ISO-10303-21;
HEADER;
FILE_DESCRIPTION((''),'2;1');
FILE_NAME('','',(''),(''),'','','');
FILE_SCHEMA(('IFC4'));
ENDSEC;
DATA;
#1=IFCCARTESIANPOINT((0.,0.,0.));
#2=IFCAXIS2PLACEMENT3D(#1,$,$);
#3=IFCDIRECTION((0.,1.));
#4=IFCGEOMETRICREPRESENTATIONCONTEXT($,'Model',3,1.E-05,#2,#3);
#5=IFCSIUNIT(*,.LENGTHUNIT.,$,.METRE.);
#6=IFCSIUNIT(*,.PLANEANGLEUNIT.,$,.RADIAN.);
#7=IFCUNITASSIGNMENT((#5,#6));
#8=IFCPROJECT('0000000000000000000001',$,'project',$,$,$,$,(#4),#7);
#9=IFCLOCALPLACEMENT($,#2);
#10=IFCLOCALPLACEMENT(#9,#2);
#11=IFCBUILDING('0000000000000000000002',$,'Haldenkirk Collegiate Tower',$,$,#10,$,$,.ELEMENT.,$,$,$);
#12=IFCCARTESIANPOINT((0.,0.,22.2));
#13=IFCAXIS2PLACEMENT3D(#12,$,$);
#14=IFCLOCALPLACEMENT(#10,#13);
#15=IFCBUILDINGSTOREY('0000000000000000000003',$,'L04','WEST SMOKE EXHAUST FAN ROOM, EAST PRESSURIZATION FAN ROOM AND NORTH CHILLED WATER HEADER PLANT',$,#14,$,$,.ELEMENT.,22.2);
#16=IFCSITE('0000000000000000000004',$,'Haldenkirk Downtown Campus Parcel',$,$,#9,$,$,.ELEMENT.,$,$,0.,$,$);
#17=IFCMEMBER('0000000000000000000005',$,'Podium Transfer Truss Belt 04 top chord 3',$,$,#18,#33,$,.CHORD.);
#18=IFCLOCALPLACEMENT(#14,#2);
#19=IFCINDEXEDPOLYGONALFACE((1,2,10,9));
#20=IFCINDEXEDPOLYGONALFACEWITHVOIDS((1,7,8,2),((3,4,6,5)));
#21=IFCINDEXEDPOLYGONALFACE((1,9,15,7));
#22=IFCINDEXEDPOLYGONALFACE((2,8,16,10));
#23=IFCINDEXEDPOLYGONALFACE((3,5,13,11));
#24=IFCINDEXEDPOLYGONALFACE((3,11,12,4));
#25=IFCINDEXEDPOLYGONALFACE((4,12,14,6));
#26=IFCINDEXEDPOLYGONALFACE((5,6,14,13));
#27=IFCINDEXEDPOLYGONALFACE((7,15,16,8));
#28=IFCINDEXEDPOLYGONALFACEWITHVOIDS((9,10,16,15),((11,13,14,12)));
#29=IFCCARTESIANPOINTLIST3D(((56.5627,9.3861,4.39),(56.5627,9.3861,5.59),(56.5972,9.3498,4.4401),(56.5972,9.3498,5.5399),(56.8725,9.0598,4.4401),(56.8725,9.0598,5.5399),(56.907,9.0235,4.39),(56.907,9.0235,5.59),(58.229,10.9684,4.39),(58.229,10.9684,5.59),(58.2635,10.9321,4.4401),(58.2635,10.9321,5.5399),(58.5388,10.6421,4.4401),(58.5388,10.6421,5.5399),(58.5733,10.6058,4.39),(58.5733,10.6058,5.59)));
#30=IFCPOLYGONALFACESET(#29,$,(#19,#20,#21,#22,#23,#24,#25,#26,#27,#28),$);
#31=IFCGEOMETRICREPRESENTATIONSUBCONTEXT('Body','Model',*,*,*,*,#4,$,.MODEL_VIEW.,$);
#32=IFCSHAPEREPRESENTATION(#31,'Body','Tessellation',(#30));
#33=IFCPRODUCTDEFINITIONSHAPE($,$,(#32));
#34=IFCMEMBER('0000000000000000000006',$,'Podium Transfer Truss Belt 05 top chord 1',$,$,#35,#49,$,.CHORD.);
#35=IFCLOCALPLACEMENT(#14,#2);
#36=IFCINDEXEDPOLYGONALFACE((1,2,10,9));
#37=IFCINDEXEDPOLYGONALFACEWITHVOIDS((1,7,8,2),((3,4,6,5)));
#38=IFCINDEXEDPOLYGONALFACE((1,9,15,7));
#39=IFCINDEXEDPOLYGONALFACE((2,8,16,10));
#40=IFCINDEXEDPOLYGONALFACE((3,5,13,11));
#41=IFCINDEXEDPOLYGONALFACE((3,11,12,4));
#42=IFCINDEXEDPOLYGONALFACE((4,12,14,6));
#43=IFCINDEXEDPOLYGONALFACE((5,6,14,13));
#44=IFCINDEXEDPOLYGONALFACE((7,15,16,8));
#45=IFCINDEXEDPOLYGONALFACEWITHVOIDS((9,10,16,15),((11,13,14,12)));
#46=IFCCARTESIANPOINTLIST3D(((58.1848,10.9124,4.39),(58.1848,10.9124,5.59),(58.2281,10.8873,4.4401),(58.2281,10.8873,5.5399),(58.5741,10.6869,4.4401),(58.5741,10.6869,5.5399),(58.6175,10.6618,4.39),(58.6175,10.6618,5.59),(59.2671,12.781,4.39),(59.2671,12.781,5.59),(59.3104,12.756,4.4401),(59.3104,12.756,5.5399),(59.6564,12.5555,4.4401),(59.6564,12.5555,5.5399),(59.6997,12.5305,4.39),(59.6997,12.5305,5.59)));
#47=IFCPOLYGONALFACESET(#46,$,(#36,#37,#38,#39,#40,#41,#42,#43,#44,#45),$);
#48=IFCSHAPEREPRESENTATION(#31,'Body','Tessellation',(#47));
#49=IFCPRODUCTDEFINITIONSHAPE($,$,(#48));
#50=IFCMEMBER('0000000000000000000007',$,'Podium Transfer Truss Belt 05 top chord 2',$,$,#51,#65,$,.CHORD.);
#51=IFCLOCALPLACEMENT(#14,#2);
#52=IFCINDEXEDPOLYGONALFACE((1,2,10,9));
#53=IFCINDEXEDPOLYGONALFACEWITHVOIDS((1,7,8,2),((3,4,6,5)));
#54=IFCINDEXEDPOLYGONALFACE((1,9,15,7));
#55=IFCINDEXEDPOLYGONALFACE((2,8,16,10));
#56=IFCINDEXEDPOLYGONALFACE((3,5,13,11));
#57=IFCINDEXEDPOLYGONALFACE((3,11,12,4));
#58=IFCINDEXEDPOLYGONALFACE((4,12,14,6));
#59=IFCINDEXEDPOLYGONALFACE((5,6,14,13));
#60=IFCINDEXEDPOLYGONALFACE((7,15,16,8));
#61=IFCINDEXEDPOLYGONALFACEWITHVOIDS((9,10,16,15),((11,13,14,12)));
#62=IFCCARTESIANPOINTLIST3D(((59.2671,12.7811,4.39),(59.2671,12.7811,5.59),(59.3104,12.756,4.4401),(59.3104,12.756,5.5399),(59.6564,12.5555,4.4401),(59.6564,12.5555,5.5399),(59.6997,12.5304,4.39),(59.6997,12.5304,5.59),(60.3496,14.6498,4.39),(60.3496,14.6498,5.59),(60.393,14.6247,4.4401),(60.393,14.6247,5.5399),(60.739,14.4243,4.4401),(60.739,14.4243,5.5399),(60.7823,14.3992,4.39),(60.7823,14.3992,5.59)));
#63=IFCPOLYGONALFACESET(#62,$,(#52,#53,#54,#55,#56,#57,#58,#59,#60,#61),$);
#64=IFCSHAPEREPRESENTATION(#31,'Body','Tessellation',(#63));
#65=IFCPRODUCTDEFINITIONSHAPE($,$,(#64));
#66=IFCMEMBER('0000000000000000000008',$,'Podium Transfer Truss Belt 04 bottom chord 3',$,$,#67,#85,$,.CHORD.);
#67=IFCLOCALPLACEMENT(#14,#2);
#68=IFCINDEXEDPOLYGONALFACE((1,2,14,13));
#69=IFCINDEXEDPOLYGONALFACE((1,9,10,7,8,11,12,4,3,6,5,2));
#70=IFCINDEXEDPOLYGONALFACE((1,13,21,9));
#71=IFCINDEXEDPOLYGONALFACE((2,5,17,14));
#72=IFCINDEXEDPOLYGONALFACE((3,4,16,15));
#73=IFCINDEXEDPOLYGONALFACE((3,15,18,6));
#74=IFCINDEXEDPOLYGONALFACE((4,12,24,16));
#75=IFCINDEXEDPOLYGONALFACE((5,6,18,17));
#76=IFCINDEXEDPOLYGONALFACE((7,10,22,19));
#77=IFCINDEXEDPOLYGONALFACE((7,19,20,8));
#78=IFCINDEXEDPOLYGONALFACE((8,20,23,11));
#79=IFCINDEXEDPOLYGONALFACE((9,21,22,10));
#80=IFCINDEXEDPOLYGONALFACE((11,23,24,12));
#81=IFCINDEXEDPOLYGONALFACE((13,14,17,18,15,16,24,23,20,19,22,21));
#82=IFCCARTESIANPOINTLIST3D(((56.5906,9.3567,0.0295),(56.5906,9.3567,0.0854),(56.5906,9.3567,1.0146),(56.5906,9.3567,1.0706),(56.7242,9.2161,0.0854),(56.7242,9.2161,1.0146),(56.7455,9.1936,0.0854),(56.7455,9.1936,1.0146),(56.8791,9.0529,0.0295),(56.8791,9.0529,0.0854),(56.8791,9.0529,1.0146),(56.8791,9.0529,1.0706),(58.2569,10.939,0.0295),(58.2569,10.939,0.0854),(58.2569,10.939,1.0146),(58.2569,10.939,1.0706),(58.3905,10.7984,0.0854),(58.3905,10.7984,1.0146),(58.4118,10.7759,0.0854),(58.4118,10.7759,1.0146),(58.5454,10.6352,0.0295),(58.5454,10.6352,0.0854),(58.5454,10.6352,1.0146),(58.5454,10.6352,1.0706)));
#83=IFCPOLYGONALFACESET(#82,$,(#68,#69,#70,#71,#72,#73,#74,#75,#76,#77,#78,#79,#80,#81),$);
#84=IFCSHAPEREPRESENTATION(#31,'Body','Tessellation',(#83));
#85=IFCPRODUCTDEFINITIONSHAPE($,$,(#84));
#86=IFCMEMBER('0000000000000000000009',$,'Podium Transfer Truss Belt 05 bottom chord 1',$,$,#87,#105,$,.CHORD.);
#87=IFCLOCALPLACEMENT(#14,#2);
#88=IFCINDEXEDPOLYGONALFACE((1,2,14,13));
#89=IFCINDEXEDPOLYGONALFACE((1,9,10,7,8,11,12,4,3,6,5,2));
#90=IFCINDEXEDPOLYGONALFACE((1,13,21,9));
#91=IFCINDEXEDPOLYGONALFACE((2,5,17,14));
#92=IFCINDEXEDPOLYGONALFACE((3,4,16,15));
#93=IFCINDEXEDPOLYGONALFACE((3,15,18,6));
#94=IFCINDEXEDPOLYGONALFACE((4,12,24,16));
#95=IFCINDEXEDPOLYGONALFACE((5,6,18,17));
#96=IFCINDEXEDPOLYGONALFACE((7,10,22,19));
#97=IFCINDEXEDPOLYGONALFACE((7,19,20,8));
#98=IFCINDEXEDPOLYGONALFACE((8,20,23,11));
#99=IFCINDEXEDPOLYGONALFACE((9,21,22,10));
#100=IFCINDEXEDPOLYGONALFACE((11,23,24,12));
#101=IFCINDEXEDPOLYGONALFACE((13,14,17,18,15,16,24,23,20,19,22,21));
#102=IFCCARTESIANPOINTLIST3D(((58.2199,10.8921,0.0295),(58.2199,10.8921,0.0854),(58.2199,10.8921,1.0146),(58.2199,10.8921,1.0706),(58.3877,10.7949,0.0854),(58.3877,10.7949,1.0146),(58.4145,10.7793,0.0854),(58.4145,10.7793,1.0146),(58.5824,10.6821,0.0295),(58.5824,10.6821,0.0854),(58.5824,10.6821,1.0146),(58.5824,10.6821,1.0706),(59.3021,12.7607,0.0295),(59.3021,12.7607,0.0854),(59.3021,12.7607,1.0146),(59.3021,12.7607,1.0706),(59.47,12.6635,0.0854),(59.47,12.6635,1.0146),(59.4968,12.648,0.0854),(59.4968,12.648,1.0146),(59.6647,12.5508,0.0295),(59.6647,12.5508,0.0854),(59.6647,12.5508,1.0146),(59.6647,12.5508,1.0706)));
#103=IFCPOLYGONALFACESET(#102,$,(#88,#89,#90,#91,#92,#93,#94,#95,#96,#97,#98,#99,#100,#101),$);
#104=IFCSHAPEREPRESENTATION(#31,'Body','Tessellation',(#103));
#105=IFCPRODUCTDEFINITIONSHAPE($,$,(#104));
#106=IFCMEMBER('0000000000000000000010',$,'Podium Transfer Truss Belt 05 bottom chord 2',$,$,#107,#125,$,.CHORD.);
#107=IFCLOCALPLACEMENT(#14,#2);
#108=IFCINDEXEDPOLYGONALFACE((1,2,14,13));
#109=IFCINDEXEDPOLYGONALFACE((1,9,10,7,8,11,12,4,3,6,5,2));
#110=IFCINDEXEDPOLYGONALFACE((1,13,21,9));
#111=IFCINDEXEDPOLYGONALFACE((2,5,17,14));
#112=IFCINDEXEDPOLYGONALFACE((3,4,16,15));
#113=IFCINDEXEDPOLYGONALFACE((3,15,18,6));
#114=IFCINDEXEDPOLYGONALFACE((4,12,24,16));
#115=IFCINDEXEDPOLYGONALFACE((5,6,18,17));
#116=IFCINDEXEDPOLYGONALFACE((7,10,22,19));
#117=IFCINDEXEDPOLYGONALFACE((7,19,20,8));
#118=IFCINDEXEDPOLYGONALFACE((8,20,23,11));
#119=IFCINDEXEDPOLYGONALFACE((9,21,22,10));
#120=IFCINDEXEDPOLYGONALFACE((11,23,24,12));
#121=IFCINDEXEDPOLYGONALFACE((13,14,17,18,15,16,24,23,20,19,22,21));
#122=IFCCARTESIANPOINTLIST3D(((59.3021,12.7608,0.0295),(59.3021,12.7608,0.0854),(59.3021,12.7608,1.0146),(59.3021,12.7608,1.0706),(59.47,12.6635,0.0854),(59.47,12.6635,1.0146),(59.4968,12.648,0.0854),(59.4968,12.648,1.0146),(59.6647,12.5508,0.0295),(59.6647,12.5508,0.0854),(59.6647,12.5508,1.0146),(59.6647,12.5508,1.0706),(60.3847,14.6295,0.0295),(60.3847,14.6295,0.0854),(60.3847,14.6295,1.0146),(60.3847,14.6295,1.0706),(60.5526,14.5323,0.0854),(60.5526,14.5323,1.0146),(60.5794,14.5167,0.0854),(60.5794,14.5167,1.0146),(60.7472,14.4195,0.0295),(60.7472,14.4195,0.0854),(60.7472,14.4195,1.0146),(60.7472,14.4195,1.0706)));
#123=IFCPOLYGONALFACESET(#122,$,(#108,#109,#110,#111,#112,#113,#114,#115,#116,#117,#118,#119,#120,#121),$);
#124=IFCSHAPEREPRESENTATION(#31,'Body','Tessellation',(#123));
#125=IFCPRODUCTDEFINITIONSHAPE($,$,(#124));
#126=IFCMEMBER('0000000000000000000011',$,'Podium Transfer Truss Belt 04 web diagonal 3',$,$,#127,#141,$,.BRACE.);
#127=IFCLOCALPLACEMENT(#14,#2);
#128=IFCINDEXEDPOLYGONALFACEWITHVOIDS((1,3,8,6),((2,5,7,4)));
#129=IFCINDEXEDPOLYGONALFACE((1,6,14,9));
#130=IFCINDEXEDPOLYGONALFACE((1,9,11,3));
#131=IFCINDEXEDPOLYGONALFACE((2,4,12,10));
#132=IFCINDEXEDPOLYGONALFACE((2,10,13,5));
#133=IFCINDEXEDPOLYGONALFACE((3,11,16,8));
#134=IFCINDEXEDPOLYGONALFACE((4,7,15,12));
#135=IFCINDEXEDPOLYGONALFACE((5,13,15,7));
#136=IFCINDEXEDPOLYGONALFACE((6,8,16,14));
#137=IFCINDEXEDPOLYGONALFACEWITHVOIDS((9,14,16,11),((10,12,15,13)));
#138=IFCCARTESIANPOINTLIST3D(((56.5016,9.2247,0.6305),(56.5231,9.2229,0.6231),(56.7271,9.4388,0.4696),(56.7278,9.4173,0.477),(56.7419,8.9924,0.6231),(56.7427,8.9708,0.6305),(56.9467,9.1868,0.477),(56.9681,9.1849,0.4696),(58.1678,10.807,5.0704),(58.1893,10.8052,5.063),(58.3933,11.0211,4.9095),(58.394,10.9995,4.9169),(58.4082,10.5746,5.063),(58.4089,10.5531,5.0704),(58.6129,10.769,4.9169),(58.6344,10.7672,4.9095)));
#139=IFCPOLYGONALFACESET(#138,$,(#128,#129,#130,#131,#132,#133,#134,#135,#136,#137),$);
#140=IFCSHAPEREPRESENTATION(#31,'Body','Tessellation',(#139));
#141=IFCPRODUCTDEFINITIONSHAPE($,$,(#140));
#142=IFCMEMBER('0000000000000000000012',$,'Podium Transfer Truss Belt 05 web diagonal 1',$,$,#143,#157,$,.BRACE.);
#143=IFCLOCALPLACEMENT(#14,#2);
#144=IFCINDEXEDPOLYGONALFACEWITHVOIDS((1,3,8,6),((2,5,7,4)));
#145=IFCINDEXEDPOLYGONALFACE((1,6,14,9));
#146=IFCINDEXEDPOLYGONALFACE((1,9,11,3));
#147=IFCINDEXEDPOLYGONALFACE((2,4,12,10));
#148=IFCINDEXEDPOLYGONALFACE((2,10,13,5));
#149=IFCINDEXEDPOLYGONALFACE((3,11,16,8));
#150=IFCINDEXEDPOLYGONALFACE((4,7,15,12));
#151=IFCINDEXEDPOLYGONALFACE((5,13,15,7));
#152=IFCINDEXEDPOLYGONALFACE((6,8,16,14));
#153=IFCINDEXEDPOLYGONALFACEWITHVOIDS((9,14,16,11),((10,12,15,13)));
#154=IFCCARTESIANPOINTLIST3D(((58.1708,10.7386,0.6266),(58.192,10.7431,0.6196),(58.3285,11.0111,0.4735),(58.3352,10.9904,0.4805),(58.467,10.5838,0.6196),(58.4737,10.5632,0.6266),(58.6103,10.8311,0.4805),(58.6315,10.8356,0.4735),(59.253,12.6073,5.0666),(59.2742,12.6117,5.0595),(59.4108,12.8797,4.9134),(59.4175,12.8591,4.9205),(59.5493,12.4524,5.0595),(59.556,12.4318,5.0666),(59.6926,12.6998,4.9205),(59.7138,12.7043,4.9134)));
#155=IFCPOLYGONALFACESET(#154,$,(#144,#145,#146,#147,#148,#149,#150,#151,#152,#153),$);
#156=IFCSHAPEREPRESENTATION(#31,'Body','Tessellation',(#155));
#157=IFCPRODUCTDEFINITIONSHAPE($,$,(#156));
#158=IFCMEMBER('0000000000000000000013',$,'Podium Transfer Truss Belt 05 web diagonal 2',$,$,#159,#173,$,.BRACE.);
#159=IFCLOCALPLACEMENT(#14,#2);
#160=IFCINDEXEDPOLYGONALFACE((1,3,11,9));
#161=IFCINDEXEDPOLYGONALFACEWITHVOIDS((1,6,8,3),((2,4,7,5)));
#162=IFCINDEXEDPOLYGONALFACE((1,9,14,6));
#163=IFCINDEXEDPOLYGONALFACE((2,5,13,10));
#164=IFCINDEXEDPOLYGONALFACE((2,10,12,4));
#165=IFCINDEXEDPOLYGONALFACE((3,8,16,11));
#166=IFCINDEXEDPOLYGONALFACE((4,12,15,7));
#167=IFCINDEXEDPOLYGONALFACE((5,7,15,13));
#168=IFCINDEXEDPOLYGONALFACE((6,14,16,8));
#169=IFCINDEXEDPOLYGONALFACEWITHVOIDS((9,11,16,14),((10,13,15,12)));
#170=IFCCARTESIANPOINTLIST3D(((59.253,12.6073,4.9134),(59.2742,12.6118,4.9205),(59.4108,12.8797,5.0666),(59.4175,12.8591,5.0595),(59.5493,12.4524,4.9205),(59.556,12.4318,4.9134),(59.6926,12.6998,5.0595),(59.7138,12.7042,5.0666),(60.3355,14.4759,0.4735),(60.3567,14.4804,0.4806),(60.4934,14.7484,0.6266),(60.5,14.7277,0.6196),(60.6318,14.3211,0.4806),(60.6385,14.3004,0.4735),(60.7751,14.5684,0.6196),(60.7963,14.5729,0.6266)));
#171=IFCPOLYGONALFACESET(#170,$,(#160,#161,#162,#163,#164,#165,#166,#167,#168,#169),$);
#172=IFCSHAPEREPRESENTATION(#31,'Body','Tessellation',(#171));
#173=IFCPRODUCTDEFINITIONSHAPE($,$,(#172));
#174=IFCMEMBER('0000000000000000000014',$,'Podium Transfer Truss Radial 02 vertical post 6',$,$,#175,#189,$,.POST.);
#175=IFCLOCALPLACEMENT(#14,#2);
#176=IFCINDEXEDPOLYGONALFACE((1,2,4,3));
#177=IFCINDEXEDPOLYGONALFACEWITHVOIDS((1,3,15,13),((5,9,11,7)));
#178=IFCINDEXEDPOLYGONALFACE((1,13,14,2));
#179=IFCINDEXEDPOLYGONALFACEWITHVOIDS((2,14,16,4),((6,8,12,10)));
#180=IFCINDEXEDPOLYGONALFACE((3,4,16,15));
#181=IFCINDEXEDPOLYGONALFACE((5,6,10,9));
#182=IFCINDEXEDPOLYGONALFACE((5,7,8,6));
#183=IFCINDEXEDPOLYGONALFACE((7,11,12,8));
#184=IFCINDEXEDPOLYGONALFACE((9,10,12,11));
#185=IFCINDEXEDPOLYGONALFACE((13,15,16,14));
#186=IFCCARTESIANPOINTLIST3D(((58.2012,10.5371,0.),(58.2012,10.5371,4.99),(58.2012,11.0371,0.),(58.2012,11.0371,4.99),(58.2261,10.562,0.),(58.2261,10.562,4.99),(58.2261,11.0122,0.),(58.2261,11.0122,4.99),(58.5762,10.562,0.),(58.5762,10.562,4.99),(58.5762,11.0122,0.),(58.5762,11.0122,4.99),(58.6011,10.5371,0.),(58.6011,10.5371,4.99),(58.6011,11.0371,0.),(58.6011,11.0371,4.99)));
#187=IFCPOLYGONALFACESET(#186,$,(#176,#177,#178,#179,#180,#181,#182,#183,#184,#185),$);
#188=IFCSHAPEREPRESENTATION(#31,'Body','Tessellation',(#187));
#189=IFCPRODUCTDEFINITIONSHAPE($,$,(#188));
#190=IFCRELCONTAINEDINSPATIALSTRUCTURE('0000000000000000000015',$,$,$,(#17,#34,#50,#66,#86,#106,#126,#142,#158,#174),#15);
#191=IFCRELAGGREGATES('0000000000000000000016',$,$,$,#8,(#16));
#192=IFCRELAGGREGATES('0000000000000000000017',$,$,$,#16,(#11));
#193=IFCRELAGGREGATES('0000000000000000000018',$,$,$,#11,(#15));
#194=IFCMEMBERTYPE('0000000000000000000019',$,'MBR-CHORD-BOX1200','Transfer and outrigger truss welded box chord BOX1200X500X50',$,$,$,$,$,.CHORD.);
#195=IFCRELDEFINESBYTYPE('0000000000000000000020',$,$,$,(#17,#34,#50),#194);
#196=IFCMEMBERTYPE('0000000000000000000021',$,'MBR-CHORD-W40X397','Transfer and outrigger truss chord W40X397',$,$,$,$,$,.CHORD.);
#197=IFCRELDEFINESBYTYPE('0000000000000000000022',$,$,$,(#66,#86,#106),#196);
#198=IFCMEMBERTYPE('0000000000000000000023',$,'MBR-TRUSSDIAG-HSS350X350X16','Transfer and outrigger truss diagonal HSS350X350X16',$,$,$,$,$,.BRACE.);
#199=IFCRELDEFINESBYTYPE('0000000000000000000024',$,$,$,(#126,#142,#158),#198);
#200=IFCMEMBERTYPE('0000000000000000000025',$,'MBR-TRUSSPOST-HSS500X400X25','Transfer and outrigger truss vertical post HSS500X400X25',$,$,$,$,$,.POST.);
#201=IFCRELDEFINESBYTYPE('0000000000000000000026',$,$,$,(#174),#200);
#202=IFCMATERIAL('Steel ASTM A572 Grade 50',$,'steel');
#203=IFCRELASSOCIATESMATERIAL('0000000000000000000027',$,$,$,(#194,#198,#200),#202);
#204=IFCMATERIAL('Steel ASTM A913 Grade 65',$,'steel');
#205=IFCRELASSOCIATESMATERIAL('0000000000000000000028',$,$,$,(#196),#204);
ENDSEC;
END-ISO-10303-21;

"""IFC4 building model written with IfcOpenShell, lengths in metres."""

from ifc_helpers import new_model, si_unit, direction, frame, origin, origin_2d, place, context, subcontext, project, spatial, hollow_rectangle, i_section, extrude, material, material_profile, profile_set, type_object, element, save


model = new_model("IFC4")

# Units and contexts
model_context = context("Model", 3, precision=1e-05, world=origin(), true_north=direction((0.0, 1.0)))
body_context = subcontext(model_context, "Body", "Model", "MODEL_VIEW")
ifc_project = project(units=[si_unit("LENGTHUNIT", "METRE"), si_unit("PLANEANGLEUNIT", "RADIAN")], contexts=[model_context])

# Site, building, storey
site_placement = place(None, origin())
site = spatial("IfcSite", under=ifc_project, at=site_placement, Name="Haldenkirk Downtown Campus Parcel", CompositionType="ELEMENT", RefElevation=0.0)
building_placement = place(site_placement, origin())
building = spatial("IfcBuilding", under=site, at=building_placement, Name="Haldenkirk Collegiate Tower", CompositionType="ELEMENT")
storey_placement = place(building_placement, frame((0.0, 0.0, 22.2)))
storey = spatial("IfcBuildingStorey", under=building, at=storey_placement, Name="L04", Description="WEST SMOKE EXHAUST FAN ROOM, EAST PRESSURIZATION FAN ROOM AND NORTH CHILLED WATER HEADER PLANT", CompositionType="ELEMENT", Elevation=22.2)

# Members
ifc_material_1 = material(Name="Steel ASTM A572 Grade 50", Category="steel")
ifc_material_profile_1 = material_profile(ifc_material_1, hollow_rectangle(XDim=0.5, YDim=1.2, WallThickness=0.05, at=origin_2d()), Name="BOX1200X500X50")
ifc_profile_set_1 = profile_set([ifc_material_profile_1], Name="Steel ASTM A572 Grade 50")
member_type_1 = type_object("IfcMemberType", Name="MBR-CHORD-BOX1200", Description="Transfer and outrigger truss welded box chord BOX1200X500X50", PredefinedType="CHORD", material=ifc_profile_set_1)
member_1_placement = place(storey_placement, frame((56.7349, 9.2048, 4.99), z_axis=(0.725145, 0.688596, 0.0), x_axis=(-0.688596, 0.725145, 0.0)))
element("IfcMember", 1, at=member_1_placement, inside=storey, type_object=member_type_1, Name="Podium Transfer Truss Belt 04 top chord 3", PredefinedType="CHORD", context=body_context, shape_type="SweptSolid", body=[
    extrude(hollow_rectangle(XDim=0.5, YDim=1.2, WallThickness=0.05, at=origin_2d()), origin(), (0.0, 0.0, 1.0), 2.2979),
])
member_2_placement = place(storey_placement, frame((58.4011, 10.7871, 4.99), z_axis=(0.501183, 0.865341, 0.0), x_axis=(-0.865341, 0.501183, 0.0)))
element("IfcMember", 2, at=member_2_placement, inside=storey, type_object=member_type_1, Name="Podium Transfer Truss Belt 05 top chord 1", PredefinedType="CHORD", context=body_context, shape_type="SweptSolid", body=[
    extrude(hollow_rectangle(XDim=0.5, YDim=1.2, WallThickness=0.05, at=origin_2d()), origin(), (0.0, 0.0, 1.0), 2.1594),
])
member_3_placement = place(storey_placement, frame((59.4834, 12.6558, 4.99), z_axis=(0.501268, 0.865292, 0.0), x_axis=(-0.865292, 0.501268, 0.0)))
element("IfcMember", 3, at=member_3_placement, inside=storey, type_object=member_type_1, Name="Podium Transfer Truss Belt 05 top chord 2", PredefinedType="CHORD", context=body_context, shape_type="SweptSolid", body=[
    extrude(hollow_rectangle(XDim=0.5, YDim=1.2, WallThickness=0.05, at=origin_2d()), origin(), (0.0, 0.0, 1.0), 2.1597),
])
ifc_material_2 = material(Name="Steel ASTM A913 Grade 65", Category="steel")
ifc_material_profile_2 = material_profile(ifc_material_2, i_section(OverallWidth=0.4189, OverallDepth=1.041, WebThickness=0.031, FlangeThickness=0.0559, at=origin_2d()), Name="W40X397")
ifc_profile_set_2 = profile_set([ifc_material_profile_2], Name="Steel ASTM A913 Grade 65")
member_type_2 = type_object("IfcMemberType", Name="MBR-CHORD-W40X397", Description="Transfer and outrigger truss chord W40X397", PredefinedType="CHORD", material=ifc_profile_set_2)
member_4_placement = place(storey_placement, frame((56.7349, 9.2048, 0.55), z_axis=(0.725145, 0.688596, 0.0), x_axis=(-0.688596, 0.725145, 0.0)))
element("IfcMember", 4, at=member_4_placement, inside=storey, type_object=member_type_2, Name="Podium Transfer Truss Belt 04 bottom chord 3", PredefinedType="CHORD", context=body_context, shape_type="SweptSolid", body=[
    extrude(i_section(OverallWidth=0.4189, OverallDepth=1.041, WebThickness=0.031, FlangeThickness=0.0559, at=origin_2d()), origin(), (0.0, 0.0, 1.0), 2.2979),
])
member_5_placement = place(storey_placement, frame((58.4011, 10.7871, 0.55), z_axis=(0.501183, 0.865341, 0.0), x_axis=(-0.865341, 0.501183, 0.0)))
element("IfcMember", 5, at=member_5_placement, inside=storey, type_object=member_type_2, Name="Podium Transfer Truss Belt 05 bottom chord 1", PredefinedType="CHORD", context=body_context, shape_type="SweptSolid", body=[
    extrude(i_section(OverallWidth=0.4189, OverallDepth=1.041, WebThickness=0.031, FlangeThickness=0.0559, at=origin_2d()), origin(), (0.0, 0.0, 1.0), 2.1594),
])
member_6_placement = place(storey_placement, frame((59.4834, 12.6558, 0.55), z_axis=(0.501268, 0.865292, 0.0), x_axis=(-0.865292, 0.501268, 0.0)))
element("IfcMember", 6, at=member_6_placement, inside=storey, type_object=member_type_2, Name="Podium Transfer Truss Belt 05 bottom chord 2", PredefinedType="CHORD", context=body_context, shape_type="SweptSolid", body=[
    extrude(i_section(OverallWidth=0.4189, OverallDepth=1.041, WebThickness=0.031, FlangeThickness=0.0559, at=origin_2d()), origin(), (0.0, 0.0, 1.0), 2.1597),
])
ifc_material_profile_3 = material_profile(ifc_material_1, hollow_rectangle(XDim=0.3501, YDim=0.3501, WallThickness=0.0161, at=origin_2d()), Name="HSS350X350X16")
ifc_profile_set_3 = profile_set([ifc_material_profile_3], Name="Steel ASTM A572 Grade 50")
member_type_3 = type_object("IfcMemberType", Name="MBR-TRUSSDIAG-HSS350X350X16", Description="Transfer and outrigger truss diagonal HSS350X350X16", PredefinedType="BRACE", material=ifc_profile_set_3)
member_7_placement = place(storey_placement, frame((56.7349, 9.2048, 0.55), z_axis=(0.333298, 0.316499, 0.888111), x_axis=(-0.688596, 0.725145, 0.0)))
element("IfcMember", 7, at=member_7_placement, inside=storey, type_object=member_type_3, Name="Podium Transfer Truss Belt 04 web diagonal 3", PredefinedType="BRACE", context=body_context, shape_type="SweptSolid", body=[
    extrude(hollow_rectangle(XDim=0.3501, YDim=0.3501, WallThickness=0.0161, at=origin_2d()), origin(), (0.0, 0.0, 1.0), 4.9993),
])
for number, where, z_axis, x_axis, name in (
    (8, (58.4011, 10.7871, 0.55), (0.219207, 0.378482, 0.899277), (-0.865341, 0.501183, 0.0), "Podium Transfer Truss Belt 05 web diagonal 1"),
    (9, (59.4834, 12.6558, 4.99), (0.219254, 0.378478, -0.899268), (-0.865292, 0.501268, 0.0), "Podium Transfer Truss Belt 05 web diagonal 2"),
):
    element("IfcMember", number, at=place(storey_placement, frame(where, z_axis=z_axis, x_axis=x_axis)), inside=storey, type_object=member_type_3, Name=name, PredefinedType="BRACE", context=body_context, shape_type="SweptSolid", body=[
        extrude(hollow_rectangle(XDim=0.3501, YDim=0.3501, WallThickness=0.0161, at=origin_2d()), origin(), (0.0, 0.0, 1.0), 4.9373),
    ])
ifc_material_profile_4 = material_profile(ifc_material_1, hollow_rectangle(XDim=0.3999, YDim=0.5, WallThickness=0.0249, at=origin_2d()), Name="HSS500X400X25")
ifc_profile_set_4 = profile_set([ifc_material_profile_4], Name="Steel ASTM A572 Grade 50")
member_type_4 = type_object("IfcMemberType", Name="MBR-TRUSSPOST-HSS500X400X25", Description="Transfer and outrigger truss vertical post HSS500X400X25", PredefinedType="POST", material=ifc_profile_set_4)
for number, where, z_axis, x_axis, name in (
    (10, (58.4011, 10.7871, 0.0), (0.0, 0.0, 1.0), (1.0, 0.0, 0.0), "Podium Transfer Truss Radial 02 vertical post 6"),
):
    element("IfcMember", number, at=place(storey_placement, frame(where, z_axis=z_axis, x_axis=x_axis)), inside=storey, type_object=member_type_4, Name=name, PredefinedType="POST", context=body_context, shape_type="SweptSolid", body=[
        extrude(hollow_rectangle(XDim=0.3999, YDim=0.5, WallThickness=0.0249, at=origin_2d()), origin(), (0.0, 0.0, 1.0), 4.99),
    ])

save(model, "model.ifc")
